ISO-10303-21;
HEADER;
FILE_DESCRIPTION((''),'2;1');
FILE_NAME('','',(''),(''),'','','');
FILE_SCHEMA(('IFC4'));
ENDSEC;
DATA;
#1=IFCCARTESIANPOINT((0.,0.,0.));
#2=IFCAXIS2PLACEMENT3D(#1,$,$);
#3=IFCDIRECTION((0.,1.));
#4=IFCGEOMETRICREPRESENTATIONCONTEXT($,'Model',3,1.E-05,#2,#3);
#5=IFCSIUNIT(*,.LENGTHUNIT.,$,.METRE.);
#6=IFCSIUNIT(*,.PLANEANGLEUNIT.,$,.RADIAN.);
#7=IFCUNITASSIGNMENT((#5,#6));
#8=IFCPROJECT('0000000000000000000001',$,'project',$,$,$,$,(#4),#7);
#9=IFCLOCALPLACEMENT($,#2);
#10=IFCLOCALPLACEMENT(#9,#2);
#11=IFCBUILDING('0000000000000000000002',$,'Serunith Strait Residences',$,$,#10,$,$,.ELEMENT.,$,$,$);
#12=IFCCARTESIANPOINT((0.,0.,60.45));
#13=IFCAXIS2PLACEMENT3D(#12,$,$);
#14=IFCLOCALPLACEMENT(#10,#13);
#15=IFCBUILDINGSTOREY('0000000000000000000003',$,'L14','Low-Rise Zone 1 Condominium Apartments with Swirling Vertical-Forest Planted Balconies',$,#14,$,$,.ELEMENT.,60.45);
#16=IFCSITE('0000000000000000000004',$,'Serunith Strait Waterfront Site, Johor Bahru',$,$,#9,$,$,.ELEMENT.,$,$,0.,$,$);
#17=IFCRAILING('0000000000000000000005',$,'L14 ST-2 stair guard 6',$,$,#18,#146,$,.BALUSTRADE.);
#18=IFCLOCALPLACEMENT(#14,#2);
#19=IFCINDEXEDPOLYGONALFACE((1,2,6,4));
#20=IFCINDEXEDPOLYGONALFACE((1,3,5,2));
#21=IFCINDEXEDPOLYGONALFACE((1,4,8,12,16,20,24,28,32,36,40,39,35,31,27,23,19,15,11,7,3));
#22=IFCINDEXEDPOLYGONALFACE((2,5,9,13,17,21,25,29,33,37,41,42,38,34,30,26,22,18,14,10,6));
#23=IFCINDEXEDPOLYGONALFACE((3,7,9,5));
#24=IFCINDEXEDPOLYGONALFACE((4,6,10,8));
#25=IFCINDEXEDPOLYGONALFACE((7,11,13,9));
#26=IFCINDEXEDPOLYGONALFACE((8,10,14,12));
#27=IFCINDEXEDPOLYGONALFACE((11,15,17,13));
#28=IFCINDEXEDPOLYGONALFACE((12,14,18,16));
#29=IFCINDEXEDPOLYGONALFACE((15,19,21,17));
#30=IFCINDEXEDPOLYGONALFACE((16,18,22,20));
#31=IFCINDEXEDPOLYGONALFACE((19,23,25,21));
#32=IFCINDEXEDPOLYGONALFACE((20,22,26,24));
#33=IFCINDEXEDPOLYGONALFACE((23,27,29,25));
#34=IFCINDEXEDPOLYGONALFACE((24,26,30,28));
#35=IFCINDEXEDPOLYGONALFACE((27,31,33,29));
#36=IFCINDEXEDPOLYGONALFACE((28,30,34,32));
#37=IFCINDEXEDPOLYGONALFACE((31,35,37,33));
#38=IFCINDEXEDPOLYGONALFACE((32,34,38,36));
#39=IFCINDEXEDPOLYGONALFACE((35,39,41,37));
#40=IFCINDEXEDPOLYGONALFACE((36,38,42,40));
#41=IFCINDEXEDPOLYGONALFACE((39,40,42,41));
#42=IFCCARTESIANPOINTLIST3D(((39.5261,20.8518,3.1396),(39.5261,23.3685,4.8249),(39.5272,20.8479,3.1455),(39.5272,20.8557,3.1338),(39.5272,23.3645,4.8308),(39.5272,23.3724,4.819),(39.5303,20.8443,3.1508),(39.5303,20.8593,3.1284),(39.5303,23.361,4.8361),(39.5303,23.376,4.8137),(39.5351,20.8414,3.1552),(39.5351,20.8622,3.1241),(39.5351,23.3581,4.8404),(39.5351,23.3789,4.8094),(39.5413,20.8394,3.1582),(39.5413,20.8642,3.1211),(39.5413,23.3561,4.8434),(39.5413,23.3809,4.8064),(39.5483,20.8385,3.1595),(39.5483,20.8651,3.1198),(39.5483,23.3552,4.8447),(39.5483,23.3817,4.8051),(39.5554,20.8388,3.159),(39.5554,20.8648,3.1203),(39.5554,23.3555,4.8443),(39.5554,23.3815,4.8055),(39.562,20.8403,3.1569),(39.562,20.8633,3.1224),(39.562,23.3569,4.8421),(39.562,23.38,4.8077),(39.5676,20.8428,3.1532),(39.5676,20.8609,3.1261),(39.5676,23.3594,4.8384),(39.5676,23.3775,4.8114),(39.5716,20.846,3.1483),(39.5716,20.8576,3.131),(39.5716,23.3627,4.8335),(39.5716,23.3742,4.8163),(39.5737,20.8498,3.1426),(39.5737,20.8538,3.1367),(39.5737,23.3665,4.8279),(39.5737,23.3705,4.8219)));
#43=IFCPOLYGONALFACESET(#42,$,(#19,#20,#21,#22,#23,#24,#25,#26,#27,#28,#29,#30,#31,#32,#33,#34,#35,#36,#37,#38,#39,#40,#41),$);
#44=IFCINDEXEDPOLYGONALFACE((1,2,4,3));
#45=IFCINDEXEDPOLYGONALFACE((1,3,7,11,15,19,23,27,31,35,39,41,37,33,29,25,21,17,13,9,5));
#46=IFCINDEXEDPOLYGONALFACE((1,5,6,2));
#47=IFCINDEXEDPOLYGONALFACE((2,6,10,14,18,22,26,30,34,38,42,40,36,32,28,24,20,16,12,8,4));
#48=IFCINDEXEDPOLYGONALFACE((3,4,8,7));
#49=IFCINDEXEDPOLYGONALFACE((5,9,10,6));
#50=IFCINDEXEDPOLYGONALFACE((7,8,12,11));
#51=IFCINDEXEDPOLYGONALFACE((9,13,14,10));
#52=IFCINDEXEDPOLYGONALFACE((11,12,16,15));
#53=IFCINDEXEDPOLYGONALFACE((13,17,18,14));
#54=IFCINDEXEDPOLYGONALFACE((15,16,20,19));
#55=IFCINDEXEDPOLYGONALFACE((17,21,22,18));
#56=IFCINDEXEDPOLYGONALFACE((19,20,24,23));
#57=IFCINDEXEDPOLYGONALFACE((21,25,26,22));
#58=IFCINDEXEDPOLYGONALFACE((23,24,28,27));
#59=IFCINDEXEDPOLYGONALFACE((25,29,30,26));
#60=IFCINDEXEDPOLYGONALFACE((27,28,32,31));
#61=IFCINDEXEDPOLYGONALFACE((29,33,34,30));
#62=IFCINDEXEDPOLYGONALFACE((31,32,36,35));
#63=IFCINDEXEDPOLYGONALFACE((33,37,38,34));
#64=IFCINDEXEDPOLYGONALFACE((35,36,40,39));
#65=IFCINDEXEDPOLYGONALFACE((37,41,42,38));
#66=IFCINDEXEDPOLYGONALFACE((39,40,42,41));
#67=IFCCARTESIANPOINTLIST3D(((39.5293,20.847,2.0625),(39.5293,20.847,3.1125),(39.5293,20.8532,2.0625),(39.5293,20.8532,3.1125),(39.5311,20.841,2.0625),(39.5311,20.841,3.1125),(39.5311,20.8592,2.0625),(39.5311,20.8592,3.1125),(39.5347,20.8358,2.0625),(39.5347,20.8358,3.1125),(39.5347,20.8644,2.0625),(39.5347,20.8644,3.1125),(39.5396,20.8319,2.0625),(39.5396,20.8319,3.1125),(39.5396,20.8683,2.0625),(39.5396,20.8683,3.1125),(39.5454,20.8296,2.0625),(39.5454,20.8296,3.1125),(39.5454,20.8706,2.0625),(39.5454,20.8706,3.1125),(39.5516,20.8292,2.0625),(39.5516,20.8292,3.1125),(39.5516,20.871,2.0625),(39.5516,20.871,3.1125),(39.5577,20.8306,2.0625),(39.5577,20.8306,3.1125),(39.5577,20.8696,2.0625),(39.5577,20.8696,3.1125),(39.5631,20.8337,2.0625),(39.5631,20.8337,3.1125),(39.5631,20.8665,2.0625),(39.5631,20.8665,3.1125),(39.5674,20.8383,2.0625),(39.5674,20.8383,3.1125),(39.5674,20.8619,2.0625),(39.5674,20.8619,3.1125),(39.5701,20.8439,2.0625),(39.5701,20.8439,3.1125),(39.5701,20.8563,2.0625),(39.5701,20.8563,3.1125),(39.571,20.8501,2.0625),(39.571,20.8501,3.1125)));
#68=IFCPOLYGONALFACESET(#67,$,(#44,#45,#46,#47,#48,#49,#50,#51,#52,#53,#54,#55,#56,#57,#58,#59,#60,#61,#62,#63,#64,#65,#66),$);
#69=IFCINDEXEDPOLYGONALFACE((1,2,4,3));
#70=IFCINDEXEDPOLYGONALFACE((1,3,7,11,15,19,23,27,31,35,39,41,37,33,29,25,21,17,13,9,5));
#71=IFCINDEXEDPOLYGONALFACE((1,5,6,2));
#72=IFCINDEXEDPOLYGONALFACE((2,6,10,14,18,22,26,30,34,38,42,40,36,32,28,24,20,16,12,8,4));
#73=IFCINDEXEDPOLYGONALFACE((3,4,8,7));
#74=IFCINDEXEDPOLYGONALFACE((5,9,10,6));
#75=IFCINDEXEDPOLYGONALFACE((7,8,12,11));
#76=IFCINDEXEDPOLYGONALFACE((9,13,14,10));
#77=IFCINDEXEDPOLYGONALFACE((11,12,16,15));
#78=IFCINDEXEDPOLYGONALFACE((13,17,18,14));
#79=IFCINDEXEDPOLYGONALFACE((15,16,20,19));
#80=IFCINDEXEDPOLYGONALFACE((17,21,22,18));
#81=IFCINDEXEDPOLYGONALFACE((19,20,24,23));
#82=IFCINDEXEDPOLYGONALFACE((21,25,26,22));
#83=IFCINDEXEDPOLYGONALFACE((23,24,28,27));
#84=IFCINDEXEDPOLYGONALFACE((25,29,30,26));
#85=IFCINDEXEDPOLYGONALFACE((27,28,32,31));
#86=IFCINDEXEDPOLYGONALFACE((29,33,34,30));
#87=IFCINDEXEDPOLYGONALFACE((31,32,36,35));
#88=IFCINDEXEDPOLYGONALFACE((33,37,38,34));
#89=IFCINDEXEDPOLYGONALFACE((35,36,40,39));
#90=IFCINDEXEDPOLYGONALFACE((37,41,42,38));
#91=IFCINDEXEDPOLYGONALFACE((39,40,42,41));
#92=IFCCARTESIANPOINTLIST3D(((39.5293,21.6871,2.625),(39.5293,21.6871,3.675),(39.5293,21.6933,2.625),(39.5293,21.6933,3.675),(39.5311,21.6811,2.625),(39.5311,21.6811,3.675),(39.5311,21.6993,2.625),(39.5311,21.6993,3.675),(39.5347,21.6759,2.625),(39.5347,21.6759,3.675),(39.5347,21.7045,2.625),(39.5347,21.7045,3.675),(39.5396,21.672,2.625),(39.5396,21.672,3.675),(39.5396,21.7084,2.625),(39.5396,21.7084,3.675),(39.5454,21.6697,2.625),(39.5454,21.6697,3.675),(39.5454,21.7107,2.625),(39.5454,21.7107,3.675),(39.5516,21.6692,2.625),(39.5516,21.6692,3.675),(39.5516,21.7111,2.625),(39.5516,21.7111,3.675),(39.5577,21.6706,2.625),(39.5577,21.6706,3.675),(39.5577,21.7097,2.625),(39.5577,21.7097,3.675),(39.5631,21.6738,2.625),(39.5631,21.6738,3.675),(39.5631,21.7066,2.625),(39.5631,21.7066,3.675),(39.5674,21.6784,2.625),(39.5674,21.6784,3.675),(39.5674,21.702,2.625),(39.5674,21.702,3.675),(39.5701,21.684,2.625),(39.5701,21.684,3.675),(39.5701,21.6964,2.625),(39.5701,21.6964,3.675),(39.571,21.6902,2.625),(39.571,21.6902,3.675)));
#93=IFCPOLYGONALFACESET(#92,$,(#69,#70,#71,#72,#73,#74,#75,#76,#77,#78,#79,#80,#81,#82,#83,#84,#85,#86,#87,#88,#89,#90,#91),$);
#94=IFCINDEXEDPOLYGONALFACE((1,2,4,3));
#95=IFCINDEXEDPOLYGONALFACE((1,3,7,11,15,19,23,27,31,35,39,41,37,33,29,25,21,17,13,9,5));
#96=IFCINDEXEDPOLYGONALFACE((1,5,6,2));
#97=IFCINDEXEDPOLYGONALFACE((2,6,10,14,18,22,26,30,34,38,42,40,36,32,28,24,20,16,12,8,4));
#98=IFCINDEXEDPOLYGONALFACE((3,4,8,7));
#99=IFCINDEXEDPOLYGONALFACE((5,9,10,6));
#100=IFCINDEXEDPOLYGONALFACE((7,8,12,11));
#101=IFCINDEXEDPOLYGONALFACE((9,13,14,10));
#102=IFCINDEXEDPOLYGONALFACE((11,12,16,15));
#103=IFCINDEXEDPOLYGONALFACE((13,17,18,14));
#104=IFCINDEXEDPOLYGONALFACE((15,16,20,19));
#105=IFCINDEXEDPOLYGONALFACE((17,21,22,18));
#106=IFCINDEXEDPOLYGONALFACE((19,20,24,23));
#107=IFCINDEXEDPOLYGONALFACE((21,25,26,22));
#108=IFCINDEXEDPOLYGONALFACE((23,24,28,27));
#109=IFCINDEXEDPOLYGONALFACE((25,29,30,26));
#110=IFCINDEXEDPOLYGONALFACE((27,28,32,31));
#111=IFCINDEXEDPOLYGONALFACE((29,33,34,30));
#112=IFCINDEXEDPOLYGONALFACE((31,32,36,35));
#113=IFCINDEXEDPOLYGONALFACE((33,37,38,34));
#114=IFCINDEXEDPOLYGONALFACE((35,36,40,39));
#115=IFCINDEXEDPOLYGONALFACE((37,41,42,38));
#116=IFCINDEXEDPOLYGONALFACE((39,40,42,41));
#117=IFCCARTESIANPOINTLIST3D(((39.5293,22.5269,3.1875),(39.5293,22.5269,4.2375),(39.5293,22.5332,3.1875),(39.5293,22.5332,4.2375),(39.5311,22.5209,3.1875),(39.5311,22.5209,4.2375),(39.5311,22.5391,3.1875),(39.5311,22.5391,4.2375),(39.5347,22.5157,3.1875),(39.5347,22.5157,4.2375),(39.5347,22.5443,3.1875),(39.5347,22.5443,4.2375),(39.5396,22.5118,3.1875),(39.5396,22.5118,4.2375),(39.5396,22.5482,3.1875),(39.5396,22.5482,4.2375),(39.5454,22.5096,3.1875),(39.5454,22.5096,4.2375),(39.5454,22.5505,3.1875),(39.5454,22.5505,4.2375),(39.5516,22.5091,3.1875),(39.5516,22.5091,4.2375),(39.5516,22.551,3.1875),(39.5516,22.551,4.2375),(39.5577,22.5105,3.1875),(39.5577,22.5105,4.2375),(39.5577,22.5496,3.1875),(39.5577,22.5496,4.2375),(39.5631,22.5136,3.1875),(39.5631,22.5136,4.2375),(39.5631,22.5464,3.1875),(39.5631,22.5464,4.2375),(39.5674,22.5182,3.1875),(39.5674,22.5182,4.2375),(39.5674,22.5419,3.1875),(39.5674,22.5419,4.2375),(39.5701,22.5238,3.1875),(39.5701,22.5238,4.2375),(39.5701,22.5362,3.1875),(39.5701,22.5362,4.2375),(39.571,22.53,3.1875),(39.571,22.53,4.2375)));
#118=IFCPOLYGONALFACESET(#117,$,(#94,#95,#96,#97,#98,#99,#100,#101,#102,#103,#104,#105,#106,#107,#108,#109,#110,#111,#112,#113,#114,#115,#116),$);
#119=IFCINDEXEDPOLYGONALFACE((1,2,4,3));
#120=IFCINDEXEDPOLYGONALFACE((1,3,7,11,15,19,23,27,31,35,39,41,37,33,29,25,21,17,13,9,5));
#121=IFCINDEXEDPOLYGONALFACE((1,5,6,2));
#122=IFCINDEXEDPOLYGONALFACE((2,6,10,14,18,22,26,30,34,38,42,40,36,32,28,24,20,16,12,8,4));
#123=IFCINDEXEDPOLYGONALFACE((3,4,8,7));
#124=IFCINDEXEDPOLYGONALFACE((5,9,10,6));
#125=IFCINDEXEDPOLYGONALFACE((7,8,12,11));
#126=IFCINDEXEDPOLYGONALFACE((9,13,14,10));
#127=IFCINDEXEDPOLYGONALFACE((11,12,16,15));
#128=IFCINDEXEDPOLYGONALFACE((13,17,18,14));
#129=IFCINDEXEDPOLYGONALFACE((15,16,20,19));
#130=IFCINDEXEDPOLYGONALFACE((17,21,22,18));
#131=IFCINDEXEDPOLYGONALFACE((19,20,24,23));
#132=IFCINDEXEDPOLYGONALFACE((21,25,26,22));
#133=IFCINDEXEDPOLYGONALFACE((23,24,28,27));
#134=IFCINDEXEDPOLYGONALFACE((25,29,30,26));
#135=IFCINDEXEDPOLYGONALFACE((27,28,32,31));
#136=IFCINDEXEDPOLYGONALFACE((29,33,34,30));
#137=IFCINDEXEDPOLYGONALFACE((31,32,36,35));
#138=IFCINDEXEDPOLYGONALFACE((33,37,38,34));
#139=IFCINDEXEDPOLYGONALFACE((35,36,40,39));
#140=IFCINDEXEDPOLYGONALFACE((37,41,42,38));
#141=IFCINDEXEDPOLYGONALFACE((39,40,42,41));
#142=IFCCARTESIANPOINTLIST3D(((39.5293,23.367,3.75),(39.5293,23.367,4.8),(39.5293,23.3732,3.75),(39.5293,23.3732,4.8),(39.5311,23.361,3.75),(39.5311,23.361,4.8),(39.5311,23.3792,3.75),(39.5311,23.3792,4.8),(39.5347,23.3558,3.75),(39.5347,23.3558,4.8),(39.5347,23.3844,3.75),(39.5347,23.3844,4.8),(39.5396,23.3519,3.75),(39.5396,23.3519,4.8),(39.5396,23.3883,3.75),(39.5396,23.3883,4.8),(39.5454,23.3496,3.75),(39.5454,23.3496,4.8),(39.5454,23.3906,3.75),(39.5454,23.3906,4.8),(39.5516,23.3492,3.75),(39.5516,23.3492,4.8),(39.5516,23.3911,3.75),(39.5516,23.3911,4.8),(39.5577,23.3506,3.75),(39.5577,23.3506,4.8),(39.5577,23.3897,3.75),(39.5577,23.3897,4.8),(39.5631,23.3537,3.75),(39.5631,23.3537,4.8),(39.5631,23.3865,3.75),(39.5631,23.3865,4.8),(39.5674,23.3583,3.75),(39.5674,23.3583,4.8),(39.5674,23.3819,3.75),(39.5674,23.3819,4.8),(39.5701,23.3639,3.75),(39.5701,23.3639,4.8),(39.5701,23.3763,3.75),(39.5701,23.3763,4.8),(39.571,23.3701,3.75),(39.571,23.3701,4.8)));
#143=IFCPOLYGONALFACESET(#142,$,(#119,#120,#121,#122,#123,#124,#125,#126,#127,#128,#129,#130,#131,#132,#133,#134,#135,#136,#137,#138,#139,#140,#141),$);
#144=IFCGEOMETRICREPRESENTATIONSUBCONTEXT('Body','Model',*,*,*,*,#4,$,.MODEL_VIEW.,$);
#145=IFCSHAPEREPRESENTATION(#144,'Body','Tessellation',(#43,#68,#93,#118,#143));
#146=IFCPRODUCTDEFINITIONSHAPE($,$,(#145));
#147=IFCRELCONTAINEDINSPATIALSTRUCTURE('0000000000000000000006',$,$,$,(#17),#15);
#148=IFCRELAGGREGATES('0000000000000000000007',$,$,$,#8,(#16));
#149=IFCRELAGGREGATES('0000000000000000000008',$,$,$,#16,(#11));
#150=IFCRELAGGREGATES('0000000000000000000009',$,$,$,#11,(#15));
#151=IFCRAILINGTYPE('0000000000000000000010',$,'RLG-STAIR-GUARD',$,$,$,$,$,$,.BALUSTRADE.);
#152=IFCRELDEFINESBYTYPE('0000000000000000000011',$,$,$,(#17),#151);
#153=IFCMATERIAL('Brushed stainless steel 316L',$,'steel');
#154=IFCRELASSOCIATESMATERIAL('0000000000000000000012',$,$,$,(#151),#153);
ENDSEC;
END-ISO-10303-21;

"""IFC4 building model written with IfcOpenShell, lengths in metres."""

from ifc_helpers import new_model, si_unit, direction, frame, origin, origin_2d, place, context, subcontext, project, spatial, circle, extrude, material, type_object, element, save


model = new_model("IFC4")

# Units and contexts
model_context = context("Model", 3, precision=1e-05, world=origin(), true_north=direction((0.0, 1.0)))
body_context = subcontext(model_context, "Body", "Model", "MODEL_VIEW")
ifc_project = project(units=[si_unit("LENGTHUNIT", "METRE"), si_unit("PLANEANGLEUNIT", "RADIAN")], contexts=[model_context])

# Site, building, storey
site_placement = place(None, origin())
site = spatial("IfcSite", under=ifc_project, at=site_placement, Name="Serunith Strait Waterfront Site, Johor Bahru", CompositionType="ELEMENT", RefElevation=0.0)
building_placement = place(site_placement, origin())
building = spatial("IfcBuilding", under=site, at=building_placement, Name="Serunith Strait Residences", CompositionType="ELEMENT")
storey_placement = place(building_placement, frame((0.0, 0.0, 60.45)))
storey = spatial("IfcBuildingStorey", under=building, at=storey_placement, Name="L14", Description="Low-Rise Zone 1 Condominium Apartments with Swirling Vertical-Forest Planted Balconies", CompositionType="ELEMENT", Elevation=60.45)

# Railing
ifc_material_1 = material(Name="Brushed stainless steel 316L", Category="steel")
railing_type_1 = type_object("IfcRailingType", Name="RLG-STAIR-GUARD", PredefinedType="BALUSTRADE", material=ifc_material_1)
railing_1_placement = place(storey_placement, frame((39.55, 20.8501, 2.0625)))
element("IfcRailing", 1, at=railing_1_placement, inside=storey, type_object=railing_type_1, Name="L14 ST-2 stair guard 6", PredefinedType="BALUSTRADE", context=body_context, shape_type="SweptSolid", body=[
    extrude(circle(Radius=0.0239, at=origin_2d()), frame((0.0, 0.0017, 1.0771), z_axis=(0.0, 0.830909, 0.556408), x_axis=(-1.0, 0.0, 0.0)), (0.0, 0.0, 1.0), 3.0288),
    extrude(circle(Radius=0.021, at=origin_2d()), origin(), (0.0, 0.0, 1.0), 1.05),
    extrude(circle(Radius=0.021, at=origin_2d()), frame((0.0, 0.8401, 0.5625)), (0.0, 0.0, 1.0), 1.05),
    extrude(circle(Radius=0.021, at=origin_2d()), frame((0.0, 1.6799, 1.125)), (0.0, 0.0, 1.0), 1.05),
    extrude(circle(Radius=0.021, at=origin_2d()), frame((0.0, 2.52, 1.6875)), (0.0, 0.0, 1.0), 1.05),
])

save(model, "model.ifc")
